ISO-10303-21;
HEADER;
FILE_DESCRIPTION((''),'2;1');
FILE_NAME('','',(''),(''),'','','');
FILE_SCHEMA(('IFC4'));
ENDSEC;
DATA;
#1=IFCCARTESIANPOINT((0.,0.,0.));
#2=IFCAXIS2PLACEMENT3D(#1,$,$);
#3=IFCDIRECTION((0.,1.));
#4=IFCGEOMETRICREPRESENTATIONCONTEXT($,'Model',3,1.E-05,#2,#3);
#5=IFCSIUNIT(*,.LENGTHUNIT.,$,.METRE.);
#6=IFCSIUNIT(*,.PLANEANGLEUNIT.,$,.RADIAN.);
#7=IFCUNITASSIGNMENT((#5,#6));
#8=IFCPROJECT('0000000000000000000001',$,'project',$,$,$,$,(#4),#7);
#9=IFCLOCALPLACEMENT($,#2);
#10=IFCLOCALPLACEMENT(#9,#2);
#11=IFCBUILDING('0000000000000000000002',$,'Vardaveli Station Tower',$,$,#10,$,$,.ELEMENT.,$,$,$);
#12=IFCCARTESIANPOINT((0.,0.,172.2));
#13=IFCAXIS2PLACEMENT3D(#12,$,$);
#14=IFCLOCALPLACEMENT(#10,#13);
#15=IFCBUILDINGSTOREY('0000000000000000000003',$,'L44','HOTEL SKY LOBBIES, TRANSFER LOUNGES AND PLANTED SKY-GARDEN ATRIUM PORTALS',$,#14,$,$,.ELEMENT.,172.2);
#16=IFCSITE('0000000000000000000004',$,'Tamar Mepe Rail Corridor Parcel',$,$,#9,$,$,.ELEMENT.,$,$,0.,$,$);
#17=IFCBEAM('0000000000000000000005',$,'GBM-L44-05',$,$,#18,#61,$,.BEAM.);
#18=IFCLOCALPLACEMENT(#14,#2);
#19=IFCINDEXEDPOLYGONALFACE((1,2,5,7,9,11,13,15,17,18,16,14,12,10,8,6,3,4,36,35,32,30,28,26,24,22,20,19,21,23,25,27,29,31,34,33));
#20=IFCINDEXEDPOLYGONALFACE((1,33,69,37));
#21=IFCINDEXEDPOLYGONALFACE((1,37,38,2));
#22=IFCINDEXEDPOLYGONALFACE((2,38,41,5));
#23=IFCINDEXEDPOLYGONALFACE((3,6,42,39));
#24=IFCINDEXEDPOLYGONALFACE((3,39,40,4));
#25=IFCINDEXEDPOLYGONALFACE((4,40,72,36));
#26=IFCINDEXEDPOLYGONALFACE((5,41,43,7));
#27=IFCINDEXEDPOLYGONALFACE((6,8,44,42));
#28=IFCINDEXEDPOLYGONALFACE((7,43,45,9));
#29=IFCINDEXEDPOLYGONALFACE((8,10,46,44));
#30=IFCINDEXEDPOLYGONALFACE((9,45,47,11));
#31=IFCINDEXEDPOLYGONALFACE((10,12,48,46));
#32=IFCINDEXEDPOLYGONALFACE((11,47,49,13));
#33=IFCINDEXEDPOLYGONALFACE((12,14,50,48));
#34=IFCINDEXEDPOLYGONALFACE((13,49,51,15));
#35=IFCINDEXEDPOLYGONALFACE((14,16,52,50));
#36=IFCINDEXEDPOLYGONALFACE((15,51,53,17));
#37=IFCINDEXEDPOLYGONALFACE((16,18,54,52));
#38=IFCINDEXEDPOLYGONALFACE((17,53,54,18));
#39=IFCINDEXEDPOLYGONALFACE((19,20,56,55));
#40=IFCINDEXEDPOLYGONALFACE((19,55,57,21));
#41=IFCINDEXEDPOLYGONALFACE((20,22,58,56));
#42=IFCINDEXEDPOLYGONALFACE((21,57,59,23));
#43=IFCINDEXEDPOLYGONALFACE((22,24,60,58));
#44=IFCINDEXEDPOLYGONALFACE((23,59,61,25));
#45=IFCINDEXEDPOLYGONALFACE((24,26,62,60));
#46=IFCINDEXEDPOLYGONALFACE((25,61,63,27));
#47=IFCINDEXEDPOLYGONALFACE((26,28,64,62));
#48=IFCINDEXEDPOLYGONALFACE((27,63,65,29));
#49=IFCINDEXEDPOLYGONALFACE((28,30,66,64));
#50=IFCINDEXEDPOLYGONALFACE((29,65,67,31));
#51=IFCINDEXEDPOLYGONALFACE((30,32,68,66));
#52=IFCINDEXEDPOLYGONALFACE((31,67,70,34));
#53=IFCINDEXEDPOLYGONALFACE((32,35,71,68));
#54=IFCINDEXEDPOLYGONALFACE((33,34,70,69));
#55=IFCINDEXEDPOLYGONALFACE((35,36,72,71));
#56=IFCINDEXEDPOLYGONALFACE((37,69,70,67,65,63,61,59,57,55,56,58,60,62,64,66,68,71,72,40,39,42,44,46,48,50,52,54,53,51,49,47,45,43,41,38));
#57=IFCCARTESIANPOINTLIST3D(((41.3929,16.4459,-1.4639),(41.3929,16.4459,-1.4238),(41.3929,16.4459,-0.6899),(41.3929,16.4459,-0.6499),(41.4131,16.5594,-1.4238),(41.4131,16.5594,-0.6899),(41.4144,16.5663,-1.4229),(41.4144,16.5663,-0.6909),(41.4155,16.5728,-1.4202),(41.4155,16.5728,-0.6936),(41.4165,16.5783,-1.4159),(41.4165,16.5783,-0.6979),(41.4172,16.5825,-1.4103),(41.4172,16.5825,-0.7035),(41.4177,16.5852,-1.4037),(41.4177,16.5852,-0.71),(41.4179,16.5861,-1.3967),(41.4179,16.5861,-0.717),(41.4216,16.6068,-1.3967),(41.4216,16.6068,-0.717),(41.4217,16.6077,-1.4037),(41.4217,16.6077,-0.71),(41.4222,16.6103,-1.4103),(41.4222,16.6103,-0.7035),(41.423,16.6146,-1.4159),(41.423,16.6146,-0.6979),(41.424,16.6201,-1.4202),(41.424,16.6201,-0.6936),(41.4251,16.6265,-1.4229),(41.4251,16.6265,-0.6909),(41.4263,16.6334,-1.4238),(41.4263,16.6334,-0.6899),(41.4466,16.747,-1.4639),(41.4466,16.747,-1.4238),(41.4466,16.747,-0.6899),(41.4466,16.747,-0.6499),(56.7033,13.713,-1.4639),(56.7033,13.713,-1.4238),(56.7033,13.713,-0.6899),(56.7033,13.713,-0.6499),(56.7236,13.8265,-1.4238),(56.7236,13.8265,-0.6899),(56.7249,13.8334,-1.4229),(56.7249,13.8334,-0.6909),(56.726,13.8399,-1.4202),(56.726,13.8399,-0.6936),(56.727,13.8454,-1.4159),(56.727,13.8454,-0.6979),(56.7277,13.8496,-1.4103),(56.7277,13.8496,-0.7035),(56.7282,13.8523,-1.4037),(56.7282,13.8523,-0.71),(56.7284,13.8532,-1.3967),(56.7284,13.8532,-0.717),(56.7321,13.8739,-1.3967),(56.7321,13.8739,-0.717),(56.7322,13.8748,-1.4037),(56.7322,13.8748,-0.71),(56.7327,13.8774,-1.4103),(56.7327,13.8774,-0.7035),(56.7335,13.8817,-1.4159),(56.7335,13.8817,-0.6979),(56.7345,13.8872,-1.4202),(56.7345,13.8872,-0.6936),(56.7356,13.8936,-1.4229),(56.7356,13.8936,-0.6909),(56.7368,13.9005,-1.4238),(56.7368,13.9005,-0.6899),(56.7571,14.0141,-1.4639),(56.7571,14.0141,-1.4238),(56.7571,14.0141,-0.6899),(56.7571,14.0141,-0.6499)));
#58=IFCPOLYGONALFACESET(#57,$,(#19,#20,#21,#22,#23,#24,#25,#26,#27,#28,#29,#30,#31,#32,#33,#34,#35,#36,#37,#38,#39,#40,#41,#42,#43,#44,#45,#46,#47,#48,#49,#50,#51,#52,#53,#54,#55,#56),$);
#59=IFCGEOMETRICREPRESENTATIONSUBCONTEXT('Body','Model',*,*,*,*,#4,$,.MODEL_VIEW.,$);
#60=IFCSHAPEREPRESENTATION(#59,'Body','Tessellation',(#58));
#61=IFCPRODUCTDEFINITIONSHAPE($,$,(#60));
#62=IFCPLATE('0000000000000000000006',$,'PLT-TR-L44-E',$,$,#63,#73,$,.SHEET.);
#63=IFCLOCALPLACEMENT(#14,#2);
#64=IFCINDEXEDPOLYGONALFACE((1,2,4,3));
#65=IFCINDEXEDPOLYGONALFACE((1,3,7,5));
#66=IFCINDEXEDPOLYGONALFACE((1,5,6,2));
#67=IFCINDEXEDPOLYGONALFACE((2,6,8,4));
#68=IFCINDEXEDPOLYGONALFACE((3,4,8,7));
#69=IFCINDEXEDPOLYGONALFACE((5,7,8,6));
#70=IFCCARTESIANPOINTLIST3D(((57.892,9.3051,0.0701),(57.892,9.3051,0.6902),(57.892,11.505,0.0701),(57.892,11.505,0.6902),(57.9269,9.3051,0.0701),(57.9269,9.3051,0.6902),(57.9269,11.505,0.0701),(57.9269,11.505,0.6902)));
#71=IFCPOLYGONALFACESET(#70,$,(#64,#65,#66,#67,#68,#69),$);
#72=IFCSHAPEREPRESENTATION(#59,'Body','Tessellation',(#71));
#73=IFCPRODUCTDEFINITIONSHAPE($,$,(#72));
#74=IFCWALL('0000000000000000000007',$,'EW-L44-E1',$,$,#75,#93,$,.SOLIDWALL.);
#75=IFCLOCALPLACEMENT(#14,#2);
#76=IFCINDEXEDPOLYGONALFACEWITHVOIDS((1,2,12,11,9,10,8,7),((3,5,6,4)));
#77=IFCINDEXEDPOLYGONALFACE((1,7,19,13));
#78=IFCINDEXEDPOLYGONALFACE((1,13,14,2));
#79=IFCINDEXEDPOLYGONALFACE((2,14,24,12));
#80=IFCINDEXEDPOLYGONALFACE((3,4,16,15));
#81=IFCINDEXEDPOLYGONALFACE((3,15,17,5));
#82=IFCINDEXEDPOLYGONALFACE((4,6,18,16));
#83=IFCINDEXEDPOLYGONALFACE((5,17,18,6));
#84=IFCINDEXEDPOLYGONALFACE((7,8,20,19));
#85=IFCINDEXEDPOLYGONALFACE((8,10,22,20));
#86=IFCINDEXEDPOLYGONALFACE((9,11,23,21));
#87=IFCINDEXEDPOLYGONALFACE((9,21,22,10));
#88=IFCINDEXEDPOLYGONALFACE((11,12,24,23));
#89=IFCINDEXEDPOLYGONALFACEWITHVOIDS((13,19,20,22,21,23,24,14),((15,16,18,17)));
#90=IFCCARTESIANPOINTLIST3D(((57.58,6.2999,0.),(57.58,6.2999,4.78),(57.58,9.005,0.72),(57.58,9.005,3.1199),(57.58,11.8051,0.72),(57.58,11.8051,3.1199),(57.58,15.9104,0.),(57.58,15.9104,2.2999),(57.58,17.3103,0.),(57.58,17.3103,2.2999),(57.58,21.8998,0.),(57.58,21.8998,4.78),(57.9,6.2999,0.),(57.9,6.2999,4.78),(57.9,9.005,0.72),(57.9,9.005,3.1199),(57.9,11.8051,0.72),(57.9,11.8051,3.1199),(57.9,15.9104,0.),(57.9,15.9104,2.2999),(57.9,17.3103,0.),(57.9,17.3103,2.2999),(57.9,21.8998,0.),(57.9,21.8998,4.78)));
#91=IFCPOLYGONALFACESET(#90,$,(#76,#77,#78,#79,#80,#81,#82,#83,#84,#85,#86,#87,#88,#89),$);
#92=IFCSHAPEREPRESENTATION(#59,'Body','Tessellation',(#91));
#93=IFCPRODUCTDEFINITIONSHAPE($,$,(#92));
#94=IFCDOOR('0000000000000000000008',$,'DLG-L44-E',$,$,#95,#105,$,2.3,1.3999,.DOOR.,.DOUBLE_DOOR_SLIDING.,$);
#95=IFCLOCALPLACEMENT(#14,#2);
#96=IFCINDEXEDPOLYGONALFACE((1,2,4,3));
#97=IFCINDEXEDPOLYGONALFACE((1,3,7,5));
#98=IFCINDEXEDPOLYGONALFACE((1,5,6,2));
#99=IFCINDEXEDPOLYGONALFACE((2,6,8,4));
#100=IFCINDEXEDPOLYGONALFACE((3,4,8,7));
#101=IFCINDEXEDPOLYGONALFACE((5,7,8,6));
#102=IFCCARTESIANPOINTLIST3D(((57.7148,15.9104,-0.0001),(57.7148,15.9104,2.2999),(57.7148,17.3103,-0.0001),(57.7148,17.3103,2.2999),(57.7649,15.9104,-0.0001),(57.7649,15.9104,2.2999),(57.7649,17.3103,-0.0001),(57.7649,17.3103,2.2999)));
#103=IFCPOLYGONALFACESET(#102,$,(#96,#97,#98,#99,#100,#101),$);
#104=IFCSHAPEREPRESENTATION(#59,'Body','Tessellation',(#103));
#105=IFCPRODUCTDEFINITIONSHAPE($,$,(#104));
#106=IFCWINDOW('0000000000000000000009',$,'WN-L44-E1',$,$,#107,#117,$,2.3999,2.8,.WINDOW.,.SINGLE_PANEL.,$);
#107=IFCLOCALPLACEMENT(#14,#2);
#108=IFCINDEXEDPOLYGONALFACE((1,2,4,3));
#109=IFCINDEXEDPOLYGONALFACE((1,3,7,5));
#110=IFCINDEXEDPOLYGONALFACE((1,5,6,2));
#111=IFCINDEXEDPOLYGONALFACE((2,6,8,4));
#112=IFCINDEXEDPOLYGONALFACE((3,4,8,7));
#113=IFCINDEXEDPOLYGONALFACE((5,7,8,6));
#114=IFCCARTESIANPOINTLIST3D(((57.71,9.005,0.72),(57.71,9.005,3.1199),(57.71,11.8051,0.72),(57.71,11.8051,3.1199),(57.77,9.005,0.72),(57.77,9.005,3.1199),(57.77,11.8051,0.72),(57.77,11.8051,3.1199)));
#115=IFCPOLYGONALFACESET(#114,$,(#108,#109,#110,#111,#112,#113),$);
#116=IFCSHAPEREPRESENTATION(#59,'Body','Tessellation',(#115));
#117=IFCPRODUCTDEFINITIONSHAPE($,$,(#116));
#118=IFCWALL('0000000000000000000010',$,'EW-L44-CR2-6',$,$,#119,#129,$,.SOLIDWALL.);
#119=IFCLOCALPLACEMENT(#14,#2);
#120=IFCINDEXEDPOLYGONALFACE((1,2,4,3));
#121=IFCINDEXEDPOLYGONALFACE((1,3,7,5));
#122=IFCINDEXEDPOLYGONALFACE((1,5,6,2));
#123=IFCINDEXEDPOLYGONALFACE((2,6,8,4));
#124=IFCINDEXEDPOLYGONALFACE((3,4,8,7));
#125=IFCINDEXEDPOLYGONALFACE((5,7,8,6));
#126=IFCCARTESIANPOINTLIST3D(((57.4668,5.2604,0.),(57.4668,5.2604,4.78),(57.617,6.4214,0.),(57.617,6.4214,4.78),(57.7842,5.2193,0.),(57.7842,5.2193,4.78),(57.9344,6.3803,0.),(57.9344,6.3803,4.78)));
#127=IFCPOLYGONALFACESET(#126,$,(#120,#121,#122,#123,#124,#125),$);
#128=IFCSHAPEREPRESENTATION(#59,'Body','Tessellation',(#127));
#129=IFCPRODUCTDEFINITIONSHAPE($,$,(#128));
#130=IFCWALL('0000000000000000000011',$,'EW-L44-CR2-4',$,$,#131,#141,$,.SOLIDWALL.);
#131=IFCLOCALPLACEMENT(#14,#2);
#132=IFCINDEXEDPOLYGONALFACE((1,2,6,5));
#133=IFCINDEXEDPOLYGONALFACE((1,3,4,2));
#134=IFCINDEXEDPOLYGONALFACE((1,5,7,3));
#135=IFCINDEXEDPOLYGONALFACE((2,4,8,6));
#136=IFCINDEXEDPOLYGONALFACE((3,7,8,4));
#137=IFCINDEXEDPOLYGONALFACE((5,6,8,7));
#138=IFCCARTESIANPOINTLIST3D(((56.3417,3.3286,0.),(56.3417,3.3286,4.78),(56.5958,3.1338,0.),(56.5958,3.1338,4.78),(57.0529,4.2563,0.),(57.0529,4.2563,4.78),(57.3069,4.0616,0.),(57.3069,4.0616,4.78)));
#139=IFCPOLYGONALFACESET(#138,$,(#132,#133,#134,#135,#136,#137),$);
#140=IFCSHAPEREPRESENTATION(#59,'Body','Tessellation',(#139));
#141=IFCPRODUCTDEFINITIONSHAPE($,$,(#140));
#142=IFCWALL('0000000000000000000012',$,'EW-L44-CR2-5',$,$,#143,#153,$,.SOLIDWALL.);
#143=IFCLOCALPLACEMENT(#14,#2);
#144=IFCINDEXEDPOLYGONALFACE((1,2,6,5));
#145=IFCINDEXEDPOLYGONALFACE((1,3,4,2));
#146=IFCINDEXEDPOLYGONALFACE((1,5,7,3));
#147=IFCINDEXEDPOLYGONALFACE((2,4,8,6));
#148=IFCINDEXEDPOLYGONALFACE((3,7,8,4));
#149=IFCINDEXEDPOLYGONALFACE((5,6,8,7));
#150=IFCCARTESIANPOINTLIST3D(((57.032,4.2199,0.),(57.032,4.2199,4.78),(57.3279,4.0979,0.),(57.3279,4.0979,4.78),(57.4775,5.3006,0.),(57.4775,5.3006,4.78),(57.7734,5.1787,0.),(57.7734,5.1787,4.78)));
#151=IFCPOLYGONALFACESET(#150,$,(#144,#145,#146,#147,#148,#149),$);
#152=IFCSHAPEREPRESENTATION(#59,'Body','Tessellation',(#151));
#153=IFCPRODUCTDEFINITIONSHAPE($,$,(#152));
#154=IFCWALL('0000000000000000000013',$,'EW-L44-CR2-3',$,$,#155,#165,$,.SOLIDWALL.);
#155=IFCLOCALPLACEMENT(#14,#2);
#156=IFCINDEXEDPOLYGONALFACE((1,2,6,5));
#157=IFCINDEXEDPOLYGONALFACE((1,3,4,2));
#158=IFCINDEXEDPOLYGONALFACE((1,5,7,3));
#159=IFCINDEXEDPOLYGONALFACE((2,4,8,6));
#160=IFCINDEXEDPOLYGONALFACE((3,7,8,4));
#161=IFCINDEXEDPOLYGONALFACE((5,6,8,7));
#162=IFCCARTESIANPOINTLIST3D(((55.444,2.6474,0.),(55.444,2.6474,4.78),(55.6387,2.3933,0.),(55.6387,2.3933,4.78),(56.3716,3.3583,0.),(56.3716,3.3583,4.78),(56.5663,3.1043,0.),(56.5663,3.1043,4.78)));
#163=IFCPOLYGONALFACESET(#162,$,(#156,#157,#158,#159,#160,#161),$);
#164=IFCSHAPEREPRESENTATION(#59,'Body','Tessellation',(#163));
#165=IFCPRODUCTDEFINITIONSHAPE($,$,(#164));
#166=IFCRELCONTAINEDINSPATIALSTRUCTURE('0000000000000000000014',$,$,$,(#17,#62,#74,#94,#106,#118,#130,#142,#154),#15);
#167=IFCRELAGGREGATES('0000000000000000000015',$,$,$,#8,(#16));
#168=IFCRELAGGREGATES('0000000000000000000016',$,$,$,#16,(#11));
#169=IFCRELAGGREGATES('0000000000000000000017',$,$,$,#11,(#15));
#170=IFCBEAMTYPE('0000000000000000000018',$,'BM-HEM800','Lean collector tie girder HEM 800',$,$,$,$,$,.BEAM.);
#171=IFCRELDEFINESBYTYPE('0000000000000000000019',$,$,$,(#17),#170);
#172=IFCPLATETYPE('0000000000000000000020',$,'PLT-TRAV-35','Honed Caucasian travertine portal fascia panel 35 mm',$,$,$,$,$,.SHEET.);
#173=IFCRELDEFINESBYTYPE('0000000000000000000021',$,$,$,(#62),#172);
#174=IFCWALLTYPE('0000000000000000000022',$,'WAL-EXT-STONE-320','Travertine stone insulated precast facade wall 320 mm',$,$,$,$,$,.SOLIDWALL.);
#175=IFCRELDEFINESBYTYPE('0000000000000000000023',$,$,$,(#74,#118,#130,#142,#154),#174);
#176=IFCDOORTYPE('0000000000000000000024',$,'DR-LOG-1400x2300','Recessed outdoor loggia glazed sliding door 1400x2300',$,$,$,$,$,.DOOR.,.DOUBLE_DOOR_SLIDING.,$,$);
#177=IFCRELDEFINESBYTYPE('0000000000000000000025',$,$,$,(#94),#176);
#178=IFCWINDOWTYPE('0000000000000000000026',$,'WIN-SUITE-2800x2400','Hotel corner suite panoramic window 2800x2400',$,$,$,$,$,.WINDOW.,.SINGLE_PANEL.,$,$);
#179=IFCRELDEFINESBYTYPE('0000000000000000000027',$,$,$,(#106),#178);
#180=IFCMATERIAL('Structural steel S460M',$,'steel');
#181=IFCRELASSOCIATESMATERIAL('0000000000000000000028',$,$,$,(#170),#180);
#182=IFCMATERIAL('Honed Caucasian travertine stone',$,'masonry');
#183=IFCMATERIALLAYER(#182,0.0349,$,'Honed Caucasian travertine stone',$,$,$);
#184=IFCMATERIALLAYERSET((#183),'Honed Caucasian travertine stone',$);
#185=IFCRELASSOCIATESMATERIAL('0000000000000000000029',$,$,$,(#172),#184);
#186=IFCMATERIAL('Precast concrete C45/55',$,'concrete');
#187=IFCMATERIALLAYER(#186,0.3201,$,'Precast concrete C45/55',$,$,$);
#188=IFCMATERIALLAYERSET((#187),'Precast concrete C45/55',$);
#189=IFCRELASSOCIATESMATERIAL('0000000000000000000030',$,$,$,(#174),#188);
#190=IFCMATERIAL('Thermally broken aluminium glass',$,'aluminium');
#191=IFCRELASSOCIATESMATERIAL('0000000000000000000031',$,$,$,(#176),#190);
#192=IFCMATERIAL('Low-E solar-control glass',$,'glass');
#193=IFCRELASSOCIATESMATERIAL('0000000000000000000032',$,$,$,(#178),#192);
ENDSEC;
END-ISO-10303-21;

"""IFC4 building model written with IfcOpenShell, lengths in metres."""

from ifc_helpers import new_model, si_unit, direction, frame, frame_2d, origin, origin_2d, place, context, subcontext, project, spatial, rectangle, i_section, extrude, source, transform, mapped, material, layer, layer_set, material_profile, profile_set, type_object, element, fill, save


model = new_model("IFC4")

# Units and contexts
model_context = context("Model", 3, precision=1e-05, world=origin(), true_north=direction((0.0, 1.0)))
body_context = subcontext(model_context, "Body", "Model", "MODEL_VIEW")
ifc_project = project(units=[si_unit("LENGTHUNIT", "METRE"), si_unit("PLANEANGLEUNIT", "RADIAN")], contexts=[model_context])

# Site, building, storey
site_placement = place(None, origin())
site = spatial("IfcSite", under=ifc_project, at=site_placement, Name="Tamar Mepe Rail Corridor Parcel", CompositionType="ELEMENT", RefElevation=0.0)
building_placement = place(site_placement, origin())
building = spatial("IfcBuilding", under=site, at=building_placement, Name="Vardaveli Station Tower", CompositionType="ELEMENT")
storey_placement = place(building_placement, frame((0.0, 0.0, 172.2)))
storey = spatial("IfcBuildingStorey", under=building, at=storey_placement, Name="L44", Description="HOTEL SKY LOBBIES, TRANSFER LOUNGES AND PLANTED SKY-GARDEN ATRIUM PORTALS", CompositionType="ELEMENT", Elevation=172.2)

# Shared definitions
ifc_material_1 = material(Name="Structural steel S460M", Category="steel")

# Beam
ifc_material_profile_1 = material_profile(ifc_material_1, i_section(OverallWidth=0.3059, OverallDepth=0.814, WebThickness=0.021, FlangeThickness=0.04, FilletRadius=0.0271, at=origin_2d()), Name="HEM 800")
ifc_profile_set_1 = profile_set([ifc_material_profile_1], Name="Structural steel S460M")
beam_type_1 = type_object("IfcBeamType", Name="BM-HEM800", Description="Lean collector tie girder HEM 800", PredefinedType="BEAM", material=ifc_profile_set_1)
shared_shape_1 = source(origin(), body_context, "Body", "SweptSolid", [
    extrude(i_section(OverallWidth=0.3059, OverallDepth=0.814, WebThickness=0.021, FlangeThickness=0.04, FilletRadius=0.0271, at=origin_2d()), origin(), (0.0, 0.0, 1.0), 15.5525),
])
beam_1_placement = place(storey_placement, frame((56.7302, 13.8635, -1.0569), z_axis=(-0.98444, 0.175721, 0.0), x_axis=(-0.175721, -0.98444, 0.0)))
element("IfcBeam", 1, at=beam_1_placement, inside=storey, type_object=beam_type_1, Name="GBM-L44-05", PredefinedType="BEAM", context=body_context, shape_type="MappedRepresentation", body=[
    mapped(shared_shape_1, transform((0.0, 0.0, 0.0), scale=1.0)),
])

# Plate
ifc_material_2 = material(Name="Honed Caucasian travertine stone", Category="masonry")
ifc_layer_1 = layer(ifc_material_2, 0.0349, Name="Honed Caucasian travertine stone")
ifc_layer_set_1 = layer_set([ifc_layer_1], Name="Honed Caucasian travertine stone")
plate_type = type_object("IfcPlateType", Name="PLT-TRAV-35", Description="Honed Caucasian travertine portal fascia panel 35 mm", PredefinedType="SHEET", material=ifc_layer_set_1)
shared_shape_2 = source(origin(), body_context, "Body", "SweptSolid", [
    extrude(rectangle(XDim=2.2, YDim=0.0349, at=origin_2d()), origin(), (0.0, 0.0, 1.0), 0.6201),
])
plate_placement = place(storey_placement, frame((57.9094, 10.405, 0.0701), z_axis=(0.0, 0.0, 1.0), x_axis=(0.0, 1.0, 0.0)))
element("IfcPlate", 2, at=plate_placement, inside=storey, type_object=plate_type, Name="PLT-TR-L44-E", PredefinedType="SHEET", context=body_context, shape_type="MappedRepresentation", body=[
    mapped(shared_shape_2, transform((0.0, 0.0, 0.0), scale=1.0)),
])

# Wall, openings, door, window
ifc_material_3 = material(Name="Precast concrete C45/55", Category="concrete")
ifc_layer_2 = layer(ifc_material_3, 0.3201, Name="Precast concrete C45/55")
ifc_layer_set_2 = layer_set([ifc_layer_2], Name="Precast concrete C45/55")
wall_type_1 = type_object("IfcWallType", Name="WAL-EXT-STONE-320", Description="Travertine stone insulated precast facade wall 320 mm", PredefinedType="SOLIDWALL", material=ifc_layer_set_2)
shared_shape_3 = source(origin(), body_context, "Body", "SweptSolid", [
    extrude(rectangle(XDim=15.5999, YDim=0.3201, at=frame_2d((7.7998, 0.0))), origin(), (0.0, 0.0, 1.0), 4.78),
])
wall_1_placement = place(storey_placement, frame((57.74, 6.3, 0.0), z_axis=(0.0, 0.0, 1.0), x_axis=(0.0, 1.0, 0.0)))
wall_1 = element("IfcWall", 3, at=wall_1_placement, inside=storey, type_object=wall_type_1, Name="EW-L44-E1", PredefinedType="SOLIDWALL", context=body_context, shape_type="MappedRepresentation", body=[
    mapped(shared_shape_3, transform((0.0, 0.0, 0.0), scale=1.0)),
])
shared_shape_4 = source(origin(), body_context, "Body", "SweptSolid", [
    extrude(rectangle(XDim=1.3999, YDim=2.3, at=frame_2d((0.7, 1.1499))), frame((0.0, 0.1699, 0.0), z_axis=(0.0, -1.0, 0.0), x_axis=(1.0, 0.0, 0.0)), (0.0, 0.0, 1.0), 0.3401),
])
opening_1_placement = place(wall_1_placement, frame((9.6104, 0.0, 0.0)))
opening_1 = element("IfcOpeningElement", 4, at=opening_1_placement, cuts=wall_1, PredefinedType="OPENING", context=body_context, shape_type="MappedRepresentation", body=[
    mapped(shared_shape_4, transform((0.0, 0.0, 0.0), scale=1.0)),
])
shared_shape_5 = source(origin(), body_context, "Body", "SweptSolid", [
    extrude(rectangle(XDim=2.8, YDim=2.3999, at=frame_2d((1.3999, 1.2))), frame((0.0, 0.1699, 0.0), z_axis=(0.0, -1.0, 0.0), x_axis=(1.0, 0.0, 0.0)), (0.0, 0.0, 1.0), 0.3401),
])
opening_2_placement = place(wall_1_placement, frame((2.7051, 0.0, 0.72)))
opening_2 = element("IfcOpeningElement", 5, at=opening_2_placement, cuts=wall_1, PredefinedType="OPENING", context=body_context, shape_type="MappedRepresentation", body=[
    mapped(shared_shape_5, transform((0.0, 0.0, 0.0), scale=1.0)),
])
ifc_material_4 = material(Name="Thermally broken aluminium glass", Category="aluminium")
door_type_1 = type_object("IfcDoorType", Name="DR-LOG-1400x2300", Description="Recessed outdoor loggia glazed sliding door 1400x2300", OperationType="DOUBLE_DOOR_SLIDING", PredefinedType="DOOR", material=ifc_material_4)
shared_shape_6 = source(origin(), body_context, "Body", "SweptSolid", [
    extrude(rectangle(XDim=1.3999, YDim=2.3, at=frame_2d((0.7, 1.1499))), frame((0.0, 0.0249, 0.0), z_axis=(0.0, -1.0, 0.0), x_axis=(1.0, 0.0, 0.0)), (0.0, 0.0, 1.0), 0.05),
])
door_1_placement = place(opening_1_placement, frame((1.3999, 0.0, 0.0), z_axis=(0.0, 0.0, 1.0), x_axis=(-1.0, 0.0, 0.0)))
door_1 = element("IfcDoor", 6, at=door_1_placement, inside=storey, type_object=door_type_1, Name="DLG-L44-E", OperationType="DOUBLE_DOOR_SLIDING", OverallHeight=2.3, OverallWidth=1.3999, PredefinedType="DOOR", context=body_context, shape_type="MappedRepresentation", body=[
    mapped(shared_shape_6, transform((0.0, 0.0, 0.0), scale=1.0)),
])
fill(opening_1, door_1)
ifc_material_5 = material(Name="Low-E solar-control glass", Category="glass")
window_type = type_object("IfcWindowType", Name="WIN-SUITE-2800x2400", Description="Hotel corner suite panoramic window 2800x2400", PartitioningType="SINGLE_PANEL", PredefinedType="WINDOW", material=ifc_material_5)
shared_shape_7 = source(origin(), body_context, "Body", "SweptSolid", [
    extrude(rectangle(XDim=2.8, YDim=2.3999, at=frame_2d((1.3999, 1.2))), frame((0.0, 0.03, 0.0), z_axis=(0.0, -1.0, 0.0), x_axis=(1.0, 0.0, 0.0)), (0.0, 0.0, 1.0), 0.0601),
])
window_placement = place(opening_2_placement, origin())
window = element("IfcWindow", 7, at=window_placement, inside=storey, type_object=window_type, Name="WN-L44-E1", OverallHeight=2.3999, OverallWidth=2.8, PartitioningType="SINGLE_PANEL", PredefinedType="WINDOW", context=body_context, shape_type="MappedRepresentation", body=[
    mapped(shared_shape_7, transform((0.0, 0.0, 0.0), scale=1.0)),
])
fill(opening_2, window)

# Walls
shared_shape_8 = source(origin(), body_context, "Body", "SweptSolid", [
    extrude(rectangle(XDim=1.1707, YDim=0.3201, at=frame_2d((0.5854, 0.0))), origin(), (0.0, 0.0, 1.0), 4.78),
])
wall_2_placement = place(storey_placement, frame((57.6255, 5.2397, 0.0), z_axis=(0.0, 0.0, 1.0), x_axis=(0.128269, 0.991739, 0.0)))
element("IfcWall", 8, at=wall_2_placement, inside=storey, type_object=wall_type_1, Name="EW-L44-CR2-6", PredefinedType="SOLIDWALL", context=body_context, shape_type="MappedRepresentation", body=[
    mapped(shared_shape_8, transform((0.0, 0.0, 0.0), scale=1.0)),
])
shared_shape_9 = source(origin(), body_context, "Body", "SweptSolid", [
    extrude(rectangle(XDim=1.1689, YDim=0.3201, at=frame_2d((0.5845, 0.0))), origin(), (0.0, 0.0, 1.0), 4.78),
])
for number, where, z_axis, x_axis, name in (
    (9, (56.4688, 3.2312, 0.0), (0.0, 0.0, 1.0), (0.608388, 0.79364, 0.0), "EW-L44-CR2-4"),
    (10, (57.1799, 4.1589, 0.0), (0.0, 0.0, 1.0), (0.381128, 0.924522, 0.0), "EW-L44-CR2-5"),
):
    element("IfcWall", number, at=place(storey_placement, frame(where, z_axis=z_axis, x_axis=x_axis)), inside=storey, type_object=wall_type_1, Name=name, PredefinedType="SOLIDWALL", context=body_context, shape_type="MappedRepresentation", body=[
        mapped(shared_shape_9, transform((0.0, 0.0, 0.0), scale=1.0)),
    ])
shared_shape_10 = source(origin(), body_context, "Body", "SweptSolid", [
    extrude(rectangle(XDim=1.1687, YDim=0.3201, at=frame_2d((0.5845, 0.0))), origin(), (0.0, 0.0, 1.0), 4.78),
])
wall_3_placement = place(storey_placement, frame((55.5413, 2.5203, 0.0), z_axis=(0.0, 0.0, 1.0), x_axis=(0.793664, 0.608357, 0.0)))
element("IfcWall", 11, at=wall_3_placement, inside=storey, type_object=wall_type_1, Name="EW-L44-CR2-3", PredefinedType="SOLIDWALL", context=body_context, shape_type="MappedRepresentation", body=[
    mapped(shared_shape_10, transform((0.0, 0.0, 0.0), scale=1.0)),
])

save(model, "model.ifc")
